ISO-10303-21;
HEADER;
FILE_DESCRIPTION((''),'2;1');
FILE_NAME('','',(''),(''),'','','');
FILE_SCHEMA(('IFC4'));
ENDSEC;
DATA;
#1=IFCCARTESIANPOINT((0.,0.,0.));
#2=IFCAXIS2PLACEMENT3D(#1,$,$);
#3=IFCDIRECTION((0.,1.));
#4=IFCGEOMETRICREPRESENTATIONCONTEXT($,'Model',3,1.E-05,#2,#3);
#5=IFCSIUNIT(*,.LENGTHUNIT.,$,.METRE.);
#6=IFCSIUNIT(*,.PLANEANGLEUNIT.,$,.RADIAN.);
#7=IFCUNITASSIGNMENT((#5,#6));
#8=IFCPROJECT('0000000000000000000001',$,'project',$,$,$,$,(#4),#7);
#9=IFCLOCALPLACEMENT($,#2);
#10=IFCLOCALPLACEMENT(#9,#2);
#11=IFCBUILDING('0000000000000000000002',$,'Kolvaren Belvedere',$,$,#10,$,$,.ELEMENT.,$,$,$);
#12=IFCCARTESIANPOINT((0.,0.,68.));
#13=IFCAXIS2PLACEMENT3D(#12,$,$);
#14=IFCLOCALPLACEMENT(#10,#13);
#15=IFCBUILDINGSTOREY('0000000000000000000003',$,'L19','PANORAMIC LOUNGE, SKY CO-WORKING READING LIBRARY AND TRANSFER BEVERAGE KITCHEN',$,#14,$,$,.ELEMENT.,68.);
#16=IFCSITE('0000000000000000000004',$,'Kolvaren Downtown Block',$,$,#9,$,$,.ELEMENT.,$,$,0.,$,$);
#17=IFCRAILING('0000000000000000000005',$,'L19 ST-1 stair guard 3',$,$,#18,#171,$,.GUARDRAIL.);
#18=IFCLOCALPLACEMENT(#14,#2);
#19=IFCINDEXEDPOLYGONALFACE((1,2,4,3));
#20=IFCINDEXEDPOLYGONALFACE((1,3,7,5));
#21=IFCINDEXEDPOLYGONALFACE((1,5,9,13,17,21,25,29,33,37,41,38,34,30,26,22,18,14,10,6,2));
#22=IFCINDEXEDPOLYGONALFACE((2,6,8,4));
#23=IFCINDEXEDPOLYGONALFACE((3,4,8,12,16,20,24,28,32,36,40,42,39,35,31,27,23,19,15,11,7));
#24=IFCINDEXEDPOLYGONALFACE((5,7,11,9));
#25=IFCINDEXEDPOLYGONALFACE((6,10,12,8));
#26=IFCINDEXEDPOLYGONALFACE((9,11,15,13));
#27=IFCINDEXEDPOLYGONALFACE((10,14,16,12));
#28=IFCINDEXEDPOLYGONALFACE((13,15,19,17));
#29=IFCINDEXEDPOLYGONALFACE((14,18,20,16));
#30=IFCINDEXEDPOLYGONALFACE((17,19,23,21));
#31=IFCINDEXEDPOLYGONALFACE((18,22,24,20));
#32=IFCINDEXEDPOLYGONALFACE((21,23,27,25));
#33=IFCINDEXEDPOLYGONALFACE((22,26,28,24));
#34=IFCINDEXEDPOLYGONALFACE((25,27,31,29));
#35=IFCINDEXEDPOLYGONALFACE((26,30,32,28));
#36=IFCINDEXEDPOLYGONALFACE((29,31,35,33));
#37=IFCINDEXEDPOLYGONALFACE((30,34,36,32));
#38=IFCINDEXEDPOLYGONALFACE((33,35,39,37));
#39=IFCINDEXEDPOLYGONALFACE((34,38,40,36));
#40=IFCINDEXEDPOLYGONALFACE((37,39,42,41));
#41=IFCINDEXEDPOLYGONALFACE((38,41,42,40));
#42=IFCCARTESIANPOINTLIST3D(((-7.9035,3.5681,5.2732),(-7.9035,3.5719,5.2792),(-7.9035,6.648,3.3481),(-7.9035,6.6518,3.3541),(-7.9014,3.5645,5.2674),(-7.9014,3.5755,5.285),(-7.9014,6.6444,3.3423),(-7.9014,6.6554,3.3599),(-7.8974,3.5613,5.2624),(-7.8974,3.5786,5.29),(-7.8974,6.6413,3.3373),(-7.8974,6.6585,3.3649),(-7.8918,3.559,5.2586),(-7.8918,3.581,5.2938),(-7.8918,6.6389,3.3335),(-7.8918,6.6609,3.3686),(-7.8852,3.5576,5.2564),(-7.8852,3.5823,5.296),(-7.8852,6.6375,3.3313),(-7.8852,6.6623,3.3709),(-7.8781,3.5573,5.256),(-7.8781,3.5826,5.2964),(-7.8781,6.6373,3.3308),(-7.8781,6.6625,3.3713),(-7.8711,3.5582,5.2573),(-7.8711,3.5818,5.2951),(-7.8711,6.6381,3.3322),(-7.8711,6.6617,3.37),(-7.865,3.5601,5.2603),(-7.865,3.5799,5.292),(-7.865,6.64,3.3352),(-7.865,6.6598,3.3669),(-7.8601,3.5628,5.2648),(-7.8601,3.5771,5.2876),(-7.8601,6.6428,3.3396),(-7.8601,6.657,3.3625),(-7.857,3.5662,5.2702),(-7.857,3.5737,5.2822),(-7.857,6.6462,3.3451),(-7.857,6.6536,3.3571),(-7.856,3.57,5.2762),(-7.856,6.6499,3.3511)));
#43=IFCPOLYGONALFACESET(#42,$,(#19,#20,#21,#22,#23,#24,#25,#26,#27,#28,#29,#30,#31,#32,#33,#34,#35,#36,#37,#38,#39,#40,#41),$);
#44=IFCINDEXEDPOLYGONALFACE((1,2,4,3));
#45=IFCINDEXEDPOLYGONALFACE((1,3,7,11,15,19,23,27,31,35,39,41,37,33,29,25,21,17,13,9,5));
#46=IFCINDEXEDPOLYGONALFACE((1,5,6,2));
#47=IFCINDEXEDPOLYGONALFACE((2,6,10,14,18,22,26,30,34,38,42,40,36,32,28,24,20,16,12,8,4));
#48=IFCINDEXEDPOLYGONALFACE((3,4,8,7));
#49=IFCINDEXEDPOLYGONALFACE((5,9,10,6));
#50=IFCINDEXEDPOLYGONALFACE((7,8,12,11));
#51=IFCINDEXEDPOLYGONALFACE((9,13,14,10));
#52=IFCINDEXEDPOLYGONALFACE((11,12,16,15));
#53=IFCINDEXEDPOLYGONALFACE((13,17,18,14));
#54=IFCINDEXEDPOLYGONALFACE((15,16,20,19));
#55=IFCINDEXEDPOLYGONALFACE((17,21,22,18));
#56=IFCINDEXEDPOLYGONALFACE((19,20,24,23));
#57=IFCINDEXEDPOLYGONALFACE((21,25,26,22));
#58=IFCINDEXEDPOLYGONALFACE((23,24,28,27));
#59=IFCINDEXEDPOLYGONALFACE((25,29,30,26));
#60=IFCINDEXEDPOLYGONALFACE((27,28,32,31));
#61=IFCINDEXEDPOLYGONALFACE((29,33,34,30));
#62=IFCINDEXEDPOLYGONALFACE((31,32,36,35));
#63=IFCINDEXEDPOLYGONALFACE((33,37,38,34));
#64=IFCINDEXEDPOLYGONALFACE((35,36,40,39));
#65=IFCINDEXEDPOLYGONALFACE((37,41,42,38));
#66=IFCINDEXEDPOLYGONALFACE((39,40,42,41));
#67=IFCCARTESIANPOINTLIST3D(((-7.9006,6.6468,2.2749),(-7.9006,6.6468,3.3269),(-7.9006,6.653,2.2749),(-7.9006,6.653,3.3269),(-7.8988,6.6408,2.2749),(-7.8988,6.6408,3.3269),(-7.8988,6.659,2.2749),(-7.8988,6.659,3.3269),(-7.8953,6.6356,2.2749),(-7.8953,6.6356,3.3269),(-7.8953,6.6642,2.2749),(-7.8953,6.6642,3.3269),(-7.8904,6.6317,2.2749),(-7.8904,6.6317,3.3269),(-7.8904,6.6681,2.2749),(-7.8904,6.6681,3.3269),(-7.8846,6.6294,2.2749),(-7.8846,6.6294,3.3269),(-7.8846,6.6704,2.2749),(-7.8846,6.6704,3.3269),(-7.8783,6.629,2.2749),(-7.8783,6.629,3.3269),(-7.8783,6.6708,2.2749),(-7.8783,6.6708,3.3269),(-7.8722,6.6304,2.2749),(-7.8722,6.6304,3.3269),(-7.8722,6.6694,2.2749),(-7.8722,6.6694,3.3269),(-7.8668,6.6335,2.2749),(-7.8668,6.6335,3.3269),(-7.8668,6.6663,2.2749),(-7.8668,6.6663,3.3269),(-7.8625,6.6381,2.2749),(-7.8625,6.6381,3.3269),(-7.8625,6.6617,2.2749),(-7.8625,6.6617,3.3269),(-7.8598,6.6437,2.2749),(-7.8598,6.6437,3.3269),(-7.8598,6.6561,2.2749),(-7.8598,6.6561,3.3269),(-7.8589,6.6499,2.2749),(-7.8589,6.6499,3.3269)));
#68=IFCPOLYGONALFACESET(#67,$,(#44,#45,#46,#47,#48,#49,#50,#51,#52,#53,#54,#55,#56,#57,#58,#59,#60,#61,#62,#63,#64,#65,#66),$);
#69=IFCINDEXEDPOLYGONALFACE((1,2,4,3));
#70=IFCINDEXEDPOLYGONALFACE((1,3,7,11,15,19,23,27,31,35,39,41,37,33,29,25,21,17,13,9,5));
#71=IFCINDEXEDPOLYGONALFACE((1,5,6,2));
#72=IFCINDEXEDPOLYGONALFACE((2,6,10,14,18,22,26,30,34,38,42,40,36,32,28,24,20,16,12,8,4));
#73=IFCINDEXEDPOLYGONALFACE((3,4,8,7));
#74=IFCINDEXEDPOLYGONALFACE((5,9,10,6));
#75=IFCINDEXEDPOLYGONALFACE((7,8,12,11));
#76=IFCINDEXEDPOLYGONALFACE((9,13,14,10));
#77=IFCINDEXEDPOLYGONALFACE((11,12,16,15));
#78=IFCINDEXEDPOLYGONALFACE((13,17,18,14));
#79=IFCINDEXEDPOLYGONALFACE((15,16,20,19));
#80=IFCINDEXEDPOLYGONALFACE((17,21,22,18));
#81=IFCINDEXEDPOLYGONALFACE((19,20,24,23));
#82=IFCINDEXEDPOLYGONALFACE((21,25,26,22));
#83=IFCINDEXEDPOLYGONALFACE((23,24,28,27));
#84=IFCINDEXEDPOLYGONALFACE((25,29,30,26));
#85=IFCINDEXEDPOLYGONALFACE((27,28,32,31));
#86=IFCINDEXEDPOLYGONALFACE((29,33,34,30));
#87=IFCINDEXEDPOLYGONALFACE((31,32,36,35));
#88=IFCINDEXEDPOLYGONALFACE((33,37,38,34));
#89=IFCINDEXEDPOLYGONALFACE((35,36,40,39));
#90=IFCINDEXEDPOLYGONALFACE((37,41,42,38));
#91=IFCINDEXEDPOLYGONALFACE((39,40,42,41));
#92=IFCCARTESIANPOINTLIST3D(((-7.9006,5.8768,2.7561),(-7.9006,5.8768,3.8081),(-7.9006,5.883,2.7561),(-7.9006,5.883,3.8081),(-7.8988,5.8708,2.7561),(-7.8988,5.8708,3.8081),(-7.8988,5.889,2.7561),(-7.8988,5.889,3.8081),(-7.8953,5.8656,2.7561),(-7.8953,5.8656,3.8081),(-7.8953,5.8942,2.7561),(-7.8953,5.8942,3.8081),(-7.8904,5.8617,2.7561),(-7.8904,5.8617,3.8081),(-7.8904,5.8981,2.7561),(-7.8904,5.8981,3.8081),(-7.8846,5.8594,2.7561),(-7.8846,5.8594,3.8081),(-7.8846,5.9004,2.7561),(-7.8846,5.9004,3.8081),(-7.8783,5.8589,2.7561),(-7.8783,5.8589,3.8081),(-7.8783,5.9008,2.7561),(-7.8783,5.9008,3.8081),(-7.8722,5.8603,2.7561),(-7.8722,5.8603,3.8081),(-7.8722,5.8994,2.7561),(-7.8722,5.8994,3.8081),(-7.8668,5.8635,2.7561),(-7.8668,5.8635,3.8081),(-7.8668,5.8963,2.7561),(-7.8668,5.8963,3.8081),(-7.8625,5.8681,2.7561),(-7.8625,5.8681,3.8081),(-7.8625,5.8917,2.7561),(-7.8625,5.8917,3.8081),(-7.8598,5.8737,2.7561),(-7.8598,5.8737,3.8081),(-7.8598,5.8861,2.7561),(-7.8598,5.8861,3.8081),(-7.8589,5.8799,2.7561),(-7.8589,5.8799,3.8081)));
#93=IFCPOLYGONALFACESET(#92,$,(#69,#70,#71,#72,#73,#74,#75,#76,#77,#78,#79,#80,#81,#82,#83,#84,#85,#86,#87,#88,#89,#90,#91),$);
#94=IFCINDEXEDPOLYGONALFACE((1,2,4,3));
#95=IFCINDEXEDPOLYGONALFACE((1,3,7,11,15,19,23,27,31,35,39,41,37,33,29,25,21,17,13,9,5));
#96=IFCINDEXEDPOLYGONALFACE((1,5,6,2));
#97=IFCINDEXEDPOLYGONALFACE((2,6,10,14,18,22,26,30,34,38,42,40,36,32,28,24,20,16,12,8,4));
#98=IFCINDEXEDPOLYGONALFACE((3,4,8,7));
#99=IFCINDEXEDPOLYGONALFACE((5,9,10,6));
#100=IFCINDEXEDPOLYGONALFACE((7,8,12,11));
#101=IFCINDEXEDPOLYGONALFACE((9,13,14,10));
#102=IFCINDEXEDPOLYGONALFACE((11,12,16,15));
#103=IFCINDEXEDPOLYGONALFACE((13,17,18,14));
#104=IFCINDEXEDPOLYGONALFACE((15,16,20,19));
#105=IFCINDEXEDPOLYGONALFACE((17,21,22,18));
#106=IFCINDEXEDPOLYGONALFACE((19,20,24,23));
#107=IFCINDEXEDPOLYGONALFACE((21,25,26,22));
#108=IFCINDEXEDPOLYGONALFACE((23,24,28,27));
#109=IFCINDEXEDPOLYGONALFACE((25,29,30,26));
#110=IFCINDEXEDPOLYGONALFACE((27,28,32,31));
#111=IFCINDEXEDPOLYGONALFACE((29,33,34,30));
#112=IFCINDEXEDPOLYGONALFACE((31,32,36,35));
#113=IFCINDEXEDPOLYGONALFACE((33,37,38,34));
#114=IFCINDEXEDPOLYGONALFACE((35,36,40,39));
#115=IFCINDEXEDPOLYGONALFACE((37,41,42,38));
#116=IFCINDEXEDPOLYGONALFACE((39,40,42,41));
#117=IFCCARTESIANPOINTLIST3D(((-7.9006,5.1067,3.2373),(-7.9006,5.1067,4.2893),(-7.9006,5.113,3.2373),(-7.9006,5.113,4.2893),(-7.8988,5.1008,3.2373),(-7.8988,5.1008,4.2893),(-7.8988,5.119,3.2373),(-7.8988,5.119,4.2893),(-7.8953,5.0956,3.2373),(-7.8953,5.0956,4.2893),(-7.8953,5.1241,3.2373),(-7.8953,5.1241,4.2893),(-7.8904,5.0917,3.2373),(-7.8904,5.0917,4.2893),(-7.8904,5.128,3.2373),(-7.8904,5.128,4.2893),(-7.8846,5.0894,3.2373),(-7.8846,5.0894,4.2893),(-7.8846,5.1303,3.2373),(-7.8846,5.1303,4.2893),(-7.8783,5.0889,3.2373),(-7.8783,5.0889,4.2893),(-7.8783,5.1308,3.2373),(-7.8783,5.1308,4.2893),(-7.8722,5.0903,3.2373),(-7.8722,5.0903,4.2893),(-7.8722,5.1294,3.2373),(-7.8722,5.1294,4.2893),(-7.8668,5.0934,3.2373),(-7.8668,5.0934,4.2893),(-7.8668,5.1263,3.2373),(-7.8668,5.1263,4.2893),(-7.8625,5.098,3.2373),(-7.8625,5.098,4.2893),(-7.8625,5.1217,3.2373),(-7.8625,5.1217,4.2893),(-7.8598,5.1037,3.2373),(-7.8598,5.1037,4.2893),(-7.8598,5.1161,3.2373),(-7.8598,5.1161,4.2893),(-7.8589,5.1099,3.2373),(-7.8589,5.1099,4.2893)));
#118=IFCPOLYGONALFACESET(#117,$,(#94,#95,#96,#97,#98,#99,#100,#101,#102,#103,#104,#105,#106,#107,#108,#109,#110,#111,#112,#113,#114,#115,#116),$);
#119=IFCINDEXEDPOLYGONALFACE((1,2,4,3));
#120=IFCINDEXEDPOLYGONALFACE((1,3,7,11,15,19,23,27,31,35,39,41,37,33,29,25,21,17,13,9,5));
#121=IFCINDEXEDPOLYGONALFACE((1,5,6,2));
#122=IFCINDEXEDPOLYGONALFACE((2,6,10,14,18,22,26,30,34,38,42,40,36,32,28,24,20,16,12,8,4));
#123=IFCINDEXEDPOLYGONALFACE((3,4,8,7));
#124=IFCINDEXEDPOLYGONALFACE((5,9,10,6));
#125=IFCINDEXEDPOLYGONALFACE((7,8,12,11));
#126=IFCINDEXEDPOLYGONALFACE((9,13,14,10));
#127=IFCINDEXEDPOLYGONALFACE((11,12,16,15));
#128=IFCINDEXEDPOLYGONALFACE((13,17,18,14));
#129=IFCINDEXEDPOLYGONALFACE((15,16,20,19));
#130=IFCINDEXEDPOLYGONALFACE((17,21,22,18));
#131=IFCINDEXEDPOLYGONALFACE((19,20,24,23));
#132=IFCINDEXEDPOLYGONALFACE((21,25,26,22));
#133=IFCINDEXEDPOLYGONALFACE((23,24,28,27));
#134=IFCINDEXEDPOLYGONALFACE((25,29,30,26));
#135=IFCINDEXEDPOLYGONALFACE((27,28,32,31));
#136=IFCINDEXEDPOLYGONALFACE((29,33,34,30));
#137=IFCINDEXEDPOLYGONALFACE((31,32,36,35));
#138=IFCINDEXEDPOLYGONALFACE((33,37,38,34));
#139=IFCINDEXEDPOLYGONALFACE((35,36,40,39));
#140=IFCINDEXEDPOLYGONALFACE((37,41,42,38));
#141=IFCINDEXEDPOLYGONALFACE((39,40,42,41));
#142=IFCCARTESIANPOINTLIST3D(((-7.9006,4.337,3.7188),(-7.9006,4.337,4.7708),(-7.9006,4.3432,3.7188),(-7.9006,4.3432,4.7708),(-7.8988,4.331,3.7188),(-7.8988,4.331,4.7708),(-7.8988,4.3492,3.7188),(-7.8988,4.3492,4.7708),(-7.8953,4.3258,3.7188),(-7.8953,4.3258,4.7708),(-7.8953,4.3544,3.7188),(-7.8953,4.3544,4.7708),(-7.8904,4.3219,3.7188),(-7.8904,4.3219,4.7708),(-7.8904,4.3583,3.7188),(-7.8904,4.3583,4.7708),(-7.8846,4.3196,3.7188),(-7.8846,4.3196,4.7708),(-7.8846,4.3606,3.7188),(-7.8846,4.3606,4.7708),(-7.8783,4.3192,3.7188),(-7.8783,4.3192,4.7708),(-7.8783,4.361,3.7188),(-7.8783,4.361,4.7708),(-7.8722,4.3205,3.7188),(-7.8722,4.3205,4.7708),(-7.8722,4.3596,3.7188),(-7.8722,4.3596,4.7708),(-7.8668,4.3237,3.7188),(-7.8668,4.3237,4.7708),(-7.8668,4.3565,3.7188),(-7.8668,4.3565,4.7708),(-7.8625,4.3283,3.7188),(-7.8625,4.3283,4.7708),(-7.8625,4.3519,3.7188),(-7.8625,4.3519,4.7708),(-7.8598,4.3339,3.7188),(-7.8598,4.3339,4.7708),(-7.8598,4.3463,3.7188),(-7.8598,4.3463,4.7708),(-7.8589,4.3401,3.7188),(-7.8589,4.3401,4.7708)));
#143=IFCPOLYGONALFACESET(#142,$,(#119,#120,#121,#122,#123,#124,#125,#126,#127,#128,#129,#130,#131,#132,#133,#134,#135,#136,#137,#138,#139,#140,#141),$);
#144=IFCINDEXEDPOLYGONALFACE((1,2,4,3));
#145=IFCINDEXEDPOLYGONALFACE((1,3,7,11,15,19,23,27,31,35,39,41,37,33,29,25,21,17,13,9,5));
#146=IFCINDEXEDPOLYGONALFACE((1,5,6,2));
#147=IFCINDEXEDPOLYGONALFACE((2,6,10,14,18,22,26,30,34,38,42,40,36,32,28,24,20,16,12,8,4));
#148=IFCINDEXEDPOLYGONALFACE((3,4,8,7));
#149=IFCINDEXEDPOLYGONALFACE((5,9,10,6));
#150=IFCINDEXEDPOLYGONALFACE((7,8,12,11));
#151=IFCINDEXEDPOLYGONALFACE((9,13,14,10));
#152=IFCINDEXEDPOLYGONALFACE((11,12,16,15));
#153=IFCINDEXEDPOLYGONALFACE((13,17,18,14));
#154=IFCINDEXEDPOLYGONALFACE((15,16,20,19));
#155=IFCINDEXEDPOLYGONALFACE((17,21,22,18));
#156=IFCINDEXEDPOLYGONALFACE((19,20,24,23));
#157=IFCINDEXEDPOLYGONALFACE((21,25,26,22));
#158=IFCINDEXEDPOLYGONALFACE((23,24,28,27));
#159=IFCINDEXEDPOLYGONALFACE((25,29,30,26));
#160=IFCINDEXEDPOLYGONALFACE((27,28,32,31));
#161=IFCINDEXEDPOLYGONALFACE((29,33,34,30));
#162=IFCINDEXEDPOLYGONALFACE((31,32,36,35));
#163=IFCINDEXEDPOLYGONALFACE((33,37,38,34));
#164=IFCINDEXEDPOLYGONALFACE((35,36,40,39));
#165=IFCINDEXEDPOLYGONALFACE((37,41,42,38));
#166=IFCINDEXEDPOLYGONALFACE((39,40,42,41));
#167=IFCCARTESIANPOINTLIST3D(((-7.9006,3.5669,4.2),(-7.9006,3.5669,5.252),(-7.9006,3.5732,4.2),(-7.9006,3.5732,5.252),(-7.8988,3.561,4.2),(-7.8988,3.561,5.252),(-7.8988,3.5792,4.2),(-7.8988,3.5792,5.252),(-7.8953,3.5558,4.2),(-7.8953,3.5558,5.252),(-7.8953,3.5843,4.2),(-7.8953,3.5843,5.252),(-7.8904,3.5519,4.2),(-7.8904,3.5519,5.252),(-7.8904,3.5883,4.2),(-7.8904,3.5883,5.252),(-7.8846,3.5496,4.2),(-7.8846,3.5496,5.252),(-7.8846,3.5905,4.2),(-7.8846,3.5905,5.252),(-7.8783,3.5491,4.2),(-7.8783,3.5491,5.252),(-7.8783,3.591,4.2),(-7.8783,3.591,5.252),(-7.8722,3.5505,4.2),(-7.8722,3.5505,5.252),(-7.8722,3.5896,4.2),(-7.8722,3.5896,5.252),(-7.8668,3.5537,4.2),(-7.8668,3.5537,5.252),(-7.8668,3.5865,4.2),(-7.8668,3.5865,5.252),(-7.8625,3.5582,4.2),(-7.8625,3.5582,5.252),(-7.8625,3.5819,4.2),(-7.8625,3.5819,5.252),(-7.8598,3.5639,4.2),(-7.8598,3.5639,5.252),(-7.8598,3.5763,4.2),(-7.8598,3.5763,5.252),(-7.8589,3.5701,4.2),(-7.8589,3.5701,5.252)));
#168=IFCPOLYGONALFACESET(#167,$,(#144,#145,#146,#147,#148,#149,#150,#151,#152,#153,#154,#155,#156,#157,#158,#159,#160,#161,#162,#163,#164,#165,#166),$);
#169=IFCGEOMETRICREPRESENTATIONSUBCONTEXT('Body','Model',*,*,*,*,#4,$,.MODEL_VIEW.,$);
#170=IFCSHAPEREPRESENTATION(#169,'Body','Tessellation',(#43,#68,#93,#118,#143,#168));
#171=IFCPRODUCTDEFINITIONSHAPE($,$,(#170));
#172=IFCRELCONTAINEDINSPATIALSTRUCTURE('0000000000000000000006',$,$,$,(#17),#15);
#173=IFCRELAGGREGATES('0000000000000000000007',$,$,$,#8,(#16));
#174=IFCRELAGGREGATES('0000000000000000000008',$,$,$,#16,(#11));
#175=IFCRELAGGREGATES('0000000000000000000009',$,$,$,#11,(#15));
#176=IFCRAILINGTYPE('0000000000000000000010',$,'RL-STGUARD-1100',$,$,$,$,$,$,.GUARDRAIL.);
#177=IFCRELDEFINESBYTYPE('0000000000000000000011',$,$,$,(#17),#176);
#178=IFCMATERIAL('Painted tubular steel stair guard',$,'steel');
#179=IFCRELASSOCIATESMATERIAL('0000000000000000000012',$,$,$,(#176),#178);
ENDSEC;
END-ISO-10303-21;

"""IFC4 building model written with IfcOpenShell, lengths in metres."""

from ifc_helpers import new_model, si_unit, direction, frame, origin, origin_2d, place, context, subcontext, project, spatial, circle, extrude, material, type_object, element, save


model = new_model("IFC4")

# Units and contexts
model_context = context("Model", 3, precision=1e-05, world=origin(), true_north=direction((0.0, 1.0)))
body_context = subcontext(model_context, "Body", "Model", "MODEL_VIEW")
ifc_project = project(units=[si_unit("LENGTHUNIT", "METRE"), si_unit("PLANEANGLEUNIT", "RADIAN")], contexts=[model_context])

# Site, building, storey
site_placement = place(None, origin())
site = spatial("IfcSite", under=ifc_project, at=site_placement, Name="Kolvaren Downtown Block", CompositionType="ELEMENT", RefElevation=0.0)
building_placement = place(site_placement, origin())
building = spatial("IfcBuilding", under=site, at=building_placement, Name="Kolvaren Belvedere", CompositionType="ELEMENT")
storey_placement = place(building_placement, frame((0.0, 0.0, 68.0)))
storey = spatial("IfcBuildingStorey", under=building, at=storey_placement, Name="L19", Description="PANORAMIC LOUNGE, SKY CO-WORKING READING LIBRARY AND TRANSFER BEVERAGE KITCHEN", CompositionType="ELEMENT", Elevation=68.0)

# Railing
ifc_material_1 = material(Name="Painted tubular steel stair guard", Category="steel")
railing_type_1 = type_object("IfcRailingType", Name="RL-STGUARD-1100", PredefinedType="GUARDRAIL", material=ifc_material_1)
railing_1_placement = place(storey_placement, frame((-7.8799, 6.6499, 2.2749)))
element("IfcRailing", 1, at=railing_1_placement, inside=storey, type_object=railing_type_1, Name="L19 ST-1 stair guard 3", PredefinedType="GUARDRAIL", context=body_context, shape_type="SweptSolid", body=[
    extrude(circle(Radius=0.0239, at=origin_2d()), frame((0.0, 0.0, 1.0762), z_axis=(0.0, -0.847979, 0.530029), x_axis=(1.0, 0.0, 0.0)), (0.0, 0.0, 1.0), 3.6321),
    extrude(circle(Radius=0.021, at=origin_2d()), origin(), (0.0, 0.0, 1.0), 1.052),
    extrude(circle(Radius=0.021, at=origin_2d()), frame((0.0, -0.77, 0.4812)), (0.0, 0.0, 1.0), 1.052),
    extrude(circle(Radius=0.021, at=origin_2d()), frame((0.0, -1.54, 0.9624)), (0.0, 0.0, 1.0), 1.052),
    extrude(circle(Radius=0.021, at=origin_2d()), frame((0.0, -2.3098, 1.4438)), (0.0, 0.0, 1.0), 1.052),
    extrude(circle(Radius=0.021, at=origin_2d()), frame((0.0, -3.0798, 1.925)), (0.0, 0.0, 1.0), 1.052),
])

save(model, "model.ifc")
